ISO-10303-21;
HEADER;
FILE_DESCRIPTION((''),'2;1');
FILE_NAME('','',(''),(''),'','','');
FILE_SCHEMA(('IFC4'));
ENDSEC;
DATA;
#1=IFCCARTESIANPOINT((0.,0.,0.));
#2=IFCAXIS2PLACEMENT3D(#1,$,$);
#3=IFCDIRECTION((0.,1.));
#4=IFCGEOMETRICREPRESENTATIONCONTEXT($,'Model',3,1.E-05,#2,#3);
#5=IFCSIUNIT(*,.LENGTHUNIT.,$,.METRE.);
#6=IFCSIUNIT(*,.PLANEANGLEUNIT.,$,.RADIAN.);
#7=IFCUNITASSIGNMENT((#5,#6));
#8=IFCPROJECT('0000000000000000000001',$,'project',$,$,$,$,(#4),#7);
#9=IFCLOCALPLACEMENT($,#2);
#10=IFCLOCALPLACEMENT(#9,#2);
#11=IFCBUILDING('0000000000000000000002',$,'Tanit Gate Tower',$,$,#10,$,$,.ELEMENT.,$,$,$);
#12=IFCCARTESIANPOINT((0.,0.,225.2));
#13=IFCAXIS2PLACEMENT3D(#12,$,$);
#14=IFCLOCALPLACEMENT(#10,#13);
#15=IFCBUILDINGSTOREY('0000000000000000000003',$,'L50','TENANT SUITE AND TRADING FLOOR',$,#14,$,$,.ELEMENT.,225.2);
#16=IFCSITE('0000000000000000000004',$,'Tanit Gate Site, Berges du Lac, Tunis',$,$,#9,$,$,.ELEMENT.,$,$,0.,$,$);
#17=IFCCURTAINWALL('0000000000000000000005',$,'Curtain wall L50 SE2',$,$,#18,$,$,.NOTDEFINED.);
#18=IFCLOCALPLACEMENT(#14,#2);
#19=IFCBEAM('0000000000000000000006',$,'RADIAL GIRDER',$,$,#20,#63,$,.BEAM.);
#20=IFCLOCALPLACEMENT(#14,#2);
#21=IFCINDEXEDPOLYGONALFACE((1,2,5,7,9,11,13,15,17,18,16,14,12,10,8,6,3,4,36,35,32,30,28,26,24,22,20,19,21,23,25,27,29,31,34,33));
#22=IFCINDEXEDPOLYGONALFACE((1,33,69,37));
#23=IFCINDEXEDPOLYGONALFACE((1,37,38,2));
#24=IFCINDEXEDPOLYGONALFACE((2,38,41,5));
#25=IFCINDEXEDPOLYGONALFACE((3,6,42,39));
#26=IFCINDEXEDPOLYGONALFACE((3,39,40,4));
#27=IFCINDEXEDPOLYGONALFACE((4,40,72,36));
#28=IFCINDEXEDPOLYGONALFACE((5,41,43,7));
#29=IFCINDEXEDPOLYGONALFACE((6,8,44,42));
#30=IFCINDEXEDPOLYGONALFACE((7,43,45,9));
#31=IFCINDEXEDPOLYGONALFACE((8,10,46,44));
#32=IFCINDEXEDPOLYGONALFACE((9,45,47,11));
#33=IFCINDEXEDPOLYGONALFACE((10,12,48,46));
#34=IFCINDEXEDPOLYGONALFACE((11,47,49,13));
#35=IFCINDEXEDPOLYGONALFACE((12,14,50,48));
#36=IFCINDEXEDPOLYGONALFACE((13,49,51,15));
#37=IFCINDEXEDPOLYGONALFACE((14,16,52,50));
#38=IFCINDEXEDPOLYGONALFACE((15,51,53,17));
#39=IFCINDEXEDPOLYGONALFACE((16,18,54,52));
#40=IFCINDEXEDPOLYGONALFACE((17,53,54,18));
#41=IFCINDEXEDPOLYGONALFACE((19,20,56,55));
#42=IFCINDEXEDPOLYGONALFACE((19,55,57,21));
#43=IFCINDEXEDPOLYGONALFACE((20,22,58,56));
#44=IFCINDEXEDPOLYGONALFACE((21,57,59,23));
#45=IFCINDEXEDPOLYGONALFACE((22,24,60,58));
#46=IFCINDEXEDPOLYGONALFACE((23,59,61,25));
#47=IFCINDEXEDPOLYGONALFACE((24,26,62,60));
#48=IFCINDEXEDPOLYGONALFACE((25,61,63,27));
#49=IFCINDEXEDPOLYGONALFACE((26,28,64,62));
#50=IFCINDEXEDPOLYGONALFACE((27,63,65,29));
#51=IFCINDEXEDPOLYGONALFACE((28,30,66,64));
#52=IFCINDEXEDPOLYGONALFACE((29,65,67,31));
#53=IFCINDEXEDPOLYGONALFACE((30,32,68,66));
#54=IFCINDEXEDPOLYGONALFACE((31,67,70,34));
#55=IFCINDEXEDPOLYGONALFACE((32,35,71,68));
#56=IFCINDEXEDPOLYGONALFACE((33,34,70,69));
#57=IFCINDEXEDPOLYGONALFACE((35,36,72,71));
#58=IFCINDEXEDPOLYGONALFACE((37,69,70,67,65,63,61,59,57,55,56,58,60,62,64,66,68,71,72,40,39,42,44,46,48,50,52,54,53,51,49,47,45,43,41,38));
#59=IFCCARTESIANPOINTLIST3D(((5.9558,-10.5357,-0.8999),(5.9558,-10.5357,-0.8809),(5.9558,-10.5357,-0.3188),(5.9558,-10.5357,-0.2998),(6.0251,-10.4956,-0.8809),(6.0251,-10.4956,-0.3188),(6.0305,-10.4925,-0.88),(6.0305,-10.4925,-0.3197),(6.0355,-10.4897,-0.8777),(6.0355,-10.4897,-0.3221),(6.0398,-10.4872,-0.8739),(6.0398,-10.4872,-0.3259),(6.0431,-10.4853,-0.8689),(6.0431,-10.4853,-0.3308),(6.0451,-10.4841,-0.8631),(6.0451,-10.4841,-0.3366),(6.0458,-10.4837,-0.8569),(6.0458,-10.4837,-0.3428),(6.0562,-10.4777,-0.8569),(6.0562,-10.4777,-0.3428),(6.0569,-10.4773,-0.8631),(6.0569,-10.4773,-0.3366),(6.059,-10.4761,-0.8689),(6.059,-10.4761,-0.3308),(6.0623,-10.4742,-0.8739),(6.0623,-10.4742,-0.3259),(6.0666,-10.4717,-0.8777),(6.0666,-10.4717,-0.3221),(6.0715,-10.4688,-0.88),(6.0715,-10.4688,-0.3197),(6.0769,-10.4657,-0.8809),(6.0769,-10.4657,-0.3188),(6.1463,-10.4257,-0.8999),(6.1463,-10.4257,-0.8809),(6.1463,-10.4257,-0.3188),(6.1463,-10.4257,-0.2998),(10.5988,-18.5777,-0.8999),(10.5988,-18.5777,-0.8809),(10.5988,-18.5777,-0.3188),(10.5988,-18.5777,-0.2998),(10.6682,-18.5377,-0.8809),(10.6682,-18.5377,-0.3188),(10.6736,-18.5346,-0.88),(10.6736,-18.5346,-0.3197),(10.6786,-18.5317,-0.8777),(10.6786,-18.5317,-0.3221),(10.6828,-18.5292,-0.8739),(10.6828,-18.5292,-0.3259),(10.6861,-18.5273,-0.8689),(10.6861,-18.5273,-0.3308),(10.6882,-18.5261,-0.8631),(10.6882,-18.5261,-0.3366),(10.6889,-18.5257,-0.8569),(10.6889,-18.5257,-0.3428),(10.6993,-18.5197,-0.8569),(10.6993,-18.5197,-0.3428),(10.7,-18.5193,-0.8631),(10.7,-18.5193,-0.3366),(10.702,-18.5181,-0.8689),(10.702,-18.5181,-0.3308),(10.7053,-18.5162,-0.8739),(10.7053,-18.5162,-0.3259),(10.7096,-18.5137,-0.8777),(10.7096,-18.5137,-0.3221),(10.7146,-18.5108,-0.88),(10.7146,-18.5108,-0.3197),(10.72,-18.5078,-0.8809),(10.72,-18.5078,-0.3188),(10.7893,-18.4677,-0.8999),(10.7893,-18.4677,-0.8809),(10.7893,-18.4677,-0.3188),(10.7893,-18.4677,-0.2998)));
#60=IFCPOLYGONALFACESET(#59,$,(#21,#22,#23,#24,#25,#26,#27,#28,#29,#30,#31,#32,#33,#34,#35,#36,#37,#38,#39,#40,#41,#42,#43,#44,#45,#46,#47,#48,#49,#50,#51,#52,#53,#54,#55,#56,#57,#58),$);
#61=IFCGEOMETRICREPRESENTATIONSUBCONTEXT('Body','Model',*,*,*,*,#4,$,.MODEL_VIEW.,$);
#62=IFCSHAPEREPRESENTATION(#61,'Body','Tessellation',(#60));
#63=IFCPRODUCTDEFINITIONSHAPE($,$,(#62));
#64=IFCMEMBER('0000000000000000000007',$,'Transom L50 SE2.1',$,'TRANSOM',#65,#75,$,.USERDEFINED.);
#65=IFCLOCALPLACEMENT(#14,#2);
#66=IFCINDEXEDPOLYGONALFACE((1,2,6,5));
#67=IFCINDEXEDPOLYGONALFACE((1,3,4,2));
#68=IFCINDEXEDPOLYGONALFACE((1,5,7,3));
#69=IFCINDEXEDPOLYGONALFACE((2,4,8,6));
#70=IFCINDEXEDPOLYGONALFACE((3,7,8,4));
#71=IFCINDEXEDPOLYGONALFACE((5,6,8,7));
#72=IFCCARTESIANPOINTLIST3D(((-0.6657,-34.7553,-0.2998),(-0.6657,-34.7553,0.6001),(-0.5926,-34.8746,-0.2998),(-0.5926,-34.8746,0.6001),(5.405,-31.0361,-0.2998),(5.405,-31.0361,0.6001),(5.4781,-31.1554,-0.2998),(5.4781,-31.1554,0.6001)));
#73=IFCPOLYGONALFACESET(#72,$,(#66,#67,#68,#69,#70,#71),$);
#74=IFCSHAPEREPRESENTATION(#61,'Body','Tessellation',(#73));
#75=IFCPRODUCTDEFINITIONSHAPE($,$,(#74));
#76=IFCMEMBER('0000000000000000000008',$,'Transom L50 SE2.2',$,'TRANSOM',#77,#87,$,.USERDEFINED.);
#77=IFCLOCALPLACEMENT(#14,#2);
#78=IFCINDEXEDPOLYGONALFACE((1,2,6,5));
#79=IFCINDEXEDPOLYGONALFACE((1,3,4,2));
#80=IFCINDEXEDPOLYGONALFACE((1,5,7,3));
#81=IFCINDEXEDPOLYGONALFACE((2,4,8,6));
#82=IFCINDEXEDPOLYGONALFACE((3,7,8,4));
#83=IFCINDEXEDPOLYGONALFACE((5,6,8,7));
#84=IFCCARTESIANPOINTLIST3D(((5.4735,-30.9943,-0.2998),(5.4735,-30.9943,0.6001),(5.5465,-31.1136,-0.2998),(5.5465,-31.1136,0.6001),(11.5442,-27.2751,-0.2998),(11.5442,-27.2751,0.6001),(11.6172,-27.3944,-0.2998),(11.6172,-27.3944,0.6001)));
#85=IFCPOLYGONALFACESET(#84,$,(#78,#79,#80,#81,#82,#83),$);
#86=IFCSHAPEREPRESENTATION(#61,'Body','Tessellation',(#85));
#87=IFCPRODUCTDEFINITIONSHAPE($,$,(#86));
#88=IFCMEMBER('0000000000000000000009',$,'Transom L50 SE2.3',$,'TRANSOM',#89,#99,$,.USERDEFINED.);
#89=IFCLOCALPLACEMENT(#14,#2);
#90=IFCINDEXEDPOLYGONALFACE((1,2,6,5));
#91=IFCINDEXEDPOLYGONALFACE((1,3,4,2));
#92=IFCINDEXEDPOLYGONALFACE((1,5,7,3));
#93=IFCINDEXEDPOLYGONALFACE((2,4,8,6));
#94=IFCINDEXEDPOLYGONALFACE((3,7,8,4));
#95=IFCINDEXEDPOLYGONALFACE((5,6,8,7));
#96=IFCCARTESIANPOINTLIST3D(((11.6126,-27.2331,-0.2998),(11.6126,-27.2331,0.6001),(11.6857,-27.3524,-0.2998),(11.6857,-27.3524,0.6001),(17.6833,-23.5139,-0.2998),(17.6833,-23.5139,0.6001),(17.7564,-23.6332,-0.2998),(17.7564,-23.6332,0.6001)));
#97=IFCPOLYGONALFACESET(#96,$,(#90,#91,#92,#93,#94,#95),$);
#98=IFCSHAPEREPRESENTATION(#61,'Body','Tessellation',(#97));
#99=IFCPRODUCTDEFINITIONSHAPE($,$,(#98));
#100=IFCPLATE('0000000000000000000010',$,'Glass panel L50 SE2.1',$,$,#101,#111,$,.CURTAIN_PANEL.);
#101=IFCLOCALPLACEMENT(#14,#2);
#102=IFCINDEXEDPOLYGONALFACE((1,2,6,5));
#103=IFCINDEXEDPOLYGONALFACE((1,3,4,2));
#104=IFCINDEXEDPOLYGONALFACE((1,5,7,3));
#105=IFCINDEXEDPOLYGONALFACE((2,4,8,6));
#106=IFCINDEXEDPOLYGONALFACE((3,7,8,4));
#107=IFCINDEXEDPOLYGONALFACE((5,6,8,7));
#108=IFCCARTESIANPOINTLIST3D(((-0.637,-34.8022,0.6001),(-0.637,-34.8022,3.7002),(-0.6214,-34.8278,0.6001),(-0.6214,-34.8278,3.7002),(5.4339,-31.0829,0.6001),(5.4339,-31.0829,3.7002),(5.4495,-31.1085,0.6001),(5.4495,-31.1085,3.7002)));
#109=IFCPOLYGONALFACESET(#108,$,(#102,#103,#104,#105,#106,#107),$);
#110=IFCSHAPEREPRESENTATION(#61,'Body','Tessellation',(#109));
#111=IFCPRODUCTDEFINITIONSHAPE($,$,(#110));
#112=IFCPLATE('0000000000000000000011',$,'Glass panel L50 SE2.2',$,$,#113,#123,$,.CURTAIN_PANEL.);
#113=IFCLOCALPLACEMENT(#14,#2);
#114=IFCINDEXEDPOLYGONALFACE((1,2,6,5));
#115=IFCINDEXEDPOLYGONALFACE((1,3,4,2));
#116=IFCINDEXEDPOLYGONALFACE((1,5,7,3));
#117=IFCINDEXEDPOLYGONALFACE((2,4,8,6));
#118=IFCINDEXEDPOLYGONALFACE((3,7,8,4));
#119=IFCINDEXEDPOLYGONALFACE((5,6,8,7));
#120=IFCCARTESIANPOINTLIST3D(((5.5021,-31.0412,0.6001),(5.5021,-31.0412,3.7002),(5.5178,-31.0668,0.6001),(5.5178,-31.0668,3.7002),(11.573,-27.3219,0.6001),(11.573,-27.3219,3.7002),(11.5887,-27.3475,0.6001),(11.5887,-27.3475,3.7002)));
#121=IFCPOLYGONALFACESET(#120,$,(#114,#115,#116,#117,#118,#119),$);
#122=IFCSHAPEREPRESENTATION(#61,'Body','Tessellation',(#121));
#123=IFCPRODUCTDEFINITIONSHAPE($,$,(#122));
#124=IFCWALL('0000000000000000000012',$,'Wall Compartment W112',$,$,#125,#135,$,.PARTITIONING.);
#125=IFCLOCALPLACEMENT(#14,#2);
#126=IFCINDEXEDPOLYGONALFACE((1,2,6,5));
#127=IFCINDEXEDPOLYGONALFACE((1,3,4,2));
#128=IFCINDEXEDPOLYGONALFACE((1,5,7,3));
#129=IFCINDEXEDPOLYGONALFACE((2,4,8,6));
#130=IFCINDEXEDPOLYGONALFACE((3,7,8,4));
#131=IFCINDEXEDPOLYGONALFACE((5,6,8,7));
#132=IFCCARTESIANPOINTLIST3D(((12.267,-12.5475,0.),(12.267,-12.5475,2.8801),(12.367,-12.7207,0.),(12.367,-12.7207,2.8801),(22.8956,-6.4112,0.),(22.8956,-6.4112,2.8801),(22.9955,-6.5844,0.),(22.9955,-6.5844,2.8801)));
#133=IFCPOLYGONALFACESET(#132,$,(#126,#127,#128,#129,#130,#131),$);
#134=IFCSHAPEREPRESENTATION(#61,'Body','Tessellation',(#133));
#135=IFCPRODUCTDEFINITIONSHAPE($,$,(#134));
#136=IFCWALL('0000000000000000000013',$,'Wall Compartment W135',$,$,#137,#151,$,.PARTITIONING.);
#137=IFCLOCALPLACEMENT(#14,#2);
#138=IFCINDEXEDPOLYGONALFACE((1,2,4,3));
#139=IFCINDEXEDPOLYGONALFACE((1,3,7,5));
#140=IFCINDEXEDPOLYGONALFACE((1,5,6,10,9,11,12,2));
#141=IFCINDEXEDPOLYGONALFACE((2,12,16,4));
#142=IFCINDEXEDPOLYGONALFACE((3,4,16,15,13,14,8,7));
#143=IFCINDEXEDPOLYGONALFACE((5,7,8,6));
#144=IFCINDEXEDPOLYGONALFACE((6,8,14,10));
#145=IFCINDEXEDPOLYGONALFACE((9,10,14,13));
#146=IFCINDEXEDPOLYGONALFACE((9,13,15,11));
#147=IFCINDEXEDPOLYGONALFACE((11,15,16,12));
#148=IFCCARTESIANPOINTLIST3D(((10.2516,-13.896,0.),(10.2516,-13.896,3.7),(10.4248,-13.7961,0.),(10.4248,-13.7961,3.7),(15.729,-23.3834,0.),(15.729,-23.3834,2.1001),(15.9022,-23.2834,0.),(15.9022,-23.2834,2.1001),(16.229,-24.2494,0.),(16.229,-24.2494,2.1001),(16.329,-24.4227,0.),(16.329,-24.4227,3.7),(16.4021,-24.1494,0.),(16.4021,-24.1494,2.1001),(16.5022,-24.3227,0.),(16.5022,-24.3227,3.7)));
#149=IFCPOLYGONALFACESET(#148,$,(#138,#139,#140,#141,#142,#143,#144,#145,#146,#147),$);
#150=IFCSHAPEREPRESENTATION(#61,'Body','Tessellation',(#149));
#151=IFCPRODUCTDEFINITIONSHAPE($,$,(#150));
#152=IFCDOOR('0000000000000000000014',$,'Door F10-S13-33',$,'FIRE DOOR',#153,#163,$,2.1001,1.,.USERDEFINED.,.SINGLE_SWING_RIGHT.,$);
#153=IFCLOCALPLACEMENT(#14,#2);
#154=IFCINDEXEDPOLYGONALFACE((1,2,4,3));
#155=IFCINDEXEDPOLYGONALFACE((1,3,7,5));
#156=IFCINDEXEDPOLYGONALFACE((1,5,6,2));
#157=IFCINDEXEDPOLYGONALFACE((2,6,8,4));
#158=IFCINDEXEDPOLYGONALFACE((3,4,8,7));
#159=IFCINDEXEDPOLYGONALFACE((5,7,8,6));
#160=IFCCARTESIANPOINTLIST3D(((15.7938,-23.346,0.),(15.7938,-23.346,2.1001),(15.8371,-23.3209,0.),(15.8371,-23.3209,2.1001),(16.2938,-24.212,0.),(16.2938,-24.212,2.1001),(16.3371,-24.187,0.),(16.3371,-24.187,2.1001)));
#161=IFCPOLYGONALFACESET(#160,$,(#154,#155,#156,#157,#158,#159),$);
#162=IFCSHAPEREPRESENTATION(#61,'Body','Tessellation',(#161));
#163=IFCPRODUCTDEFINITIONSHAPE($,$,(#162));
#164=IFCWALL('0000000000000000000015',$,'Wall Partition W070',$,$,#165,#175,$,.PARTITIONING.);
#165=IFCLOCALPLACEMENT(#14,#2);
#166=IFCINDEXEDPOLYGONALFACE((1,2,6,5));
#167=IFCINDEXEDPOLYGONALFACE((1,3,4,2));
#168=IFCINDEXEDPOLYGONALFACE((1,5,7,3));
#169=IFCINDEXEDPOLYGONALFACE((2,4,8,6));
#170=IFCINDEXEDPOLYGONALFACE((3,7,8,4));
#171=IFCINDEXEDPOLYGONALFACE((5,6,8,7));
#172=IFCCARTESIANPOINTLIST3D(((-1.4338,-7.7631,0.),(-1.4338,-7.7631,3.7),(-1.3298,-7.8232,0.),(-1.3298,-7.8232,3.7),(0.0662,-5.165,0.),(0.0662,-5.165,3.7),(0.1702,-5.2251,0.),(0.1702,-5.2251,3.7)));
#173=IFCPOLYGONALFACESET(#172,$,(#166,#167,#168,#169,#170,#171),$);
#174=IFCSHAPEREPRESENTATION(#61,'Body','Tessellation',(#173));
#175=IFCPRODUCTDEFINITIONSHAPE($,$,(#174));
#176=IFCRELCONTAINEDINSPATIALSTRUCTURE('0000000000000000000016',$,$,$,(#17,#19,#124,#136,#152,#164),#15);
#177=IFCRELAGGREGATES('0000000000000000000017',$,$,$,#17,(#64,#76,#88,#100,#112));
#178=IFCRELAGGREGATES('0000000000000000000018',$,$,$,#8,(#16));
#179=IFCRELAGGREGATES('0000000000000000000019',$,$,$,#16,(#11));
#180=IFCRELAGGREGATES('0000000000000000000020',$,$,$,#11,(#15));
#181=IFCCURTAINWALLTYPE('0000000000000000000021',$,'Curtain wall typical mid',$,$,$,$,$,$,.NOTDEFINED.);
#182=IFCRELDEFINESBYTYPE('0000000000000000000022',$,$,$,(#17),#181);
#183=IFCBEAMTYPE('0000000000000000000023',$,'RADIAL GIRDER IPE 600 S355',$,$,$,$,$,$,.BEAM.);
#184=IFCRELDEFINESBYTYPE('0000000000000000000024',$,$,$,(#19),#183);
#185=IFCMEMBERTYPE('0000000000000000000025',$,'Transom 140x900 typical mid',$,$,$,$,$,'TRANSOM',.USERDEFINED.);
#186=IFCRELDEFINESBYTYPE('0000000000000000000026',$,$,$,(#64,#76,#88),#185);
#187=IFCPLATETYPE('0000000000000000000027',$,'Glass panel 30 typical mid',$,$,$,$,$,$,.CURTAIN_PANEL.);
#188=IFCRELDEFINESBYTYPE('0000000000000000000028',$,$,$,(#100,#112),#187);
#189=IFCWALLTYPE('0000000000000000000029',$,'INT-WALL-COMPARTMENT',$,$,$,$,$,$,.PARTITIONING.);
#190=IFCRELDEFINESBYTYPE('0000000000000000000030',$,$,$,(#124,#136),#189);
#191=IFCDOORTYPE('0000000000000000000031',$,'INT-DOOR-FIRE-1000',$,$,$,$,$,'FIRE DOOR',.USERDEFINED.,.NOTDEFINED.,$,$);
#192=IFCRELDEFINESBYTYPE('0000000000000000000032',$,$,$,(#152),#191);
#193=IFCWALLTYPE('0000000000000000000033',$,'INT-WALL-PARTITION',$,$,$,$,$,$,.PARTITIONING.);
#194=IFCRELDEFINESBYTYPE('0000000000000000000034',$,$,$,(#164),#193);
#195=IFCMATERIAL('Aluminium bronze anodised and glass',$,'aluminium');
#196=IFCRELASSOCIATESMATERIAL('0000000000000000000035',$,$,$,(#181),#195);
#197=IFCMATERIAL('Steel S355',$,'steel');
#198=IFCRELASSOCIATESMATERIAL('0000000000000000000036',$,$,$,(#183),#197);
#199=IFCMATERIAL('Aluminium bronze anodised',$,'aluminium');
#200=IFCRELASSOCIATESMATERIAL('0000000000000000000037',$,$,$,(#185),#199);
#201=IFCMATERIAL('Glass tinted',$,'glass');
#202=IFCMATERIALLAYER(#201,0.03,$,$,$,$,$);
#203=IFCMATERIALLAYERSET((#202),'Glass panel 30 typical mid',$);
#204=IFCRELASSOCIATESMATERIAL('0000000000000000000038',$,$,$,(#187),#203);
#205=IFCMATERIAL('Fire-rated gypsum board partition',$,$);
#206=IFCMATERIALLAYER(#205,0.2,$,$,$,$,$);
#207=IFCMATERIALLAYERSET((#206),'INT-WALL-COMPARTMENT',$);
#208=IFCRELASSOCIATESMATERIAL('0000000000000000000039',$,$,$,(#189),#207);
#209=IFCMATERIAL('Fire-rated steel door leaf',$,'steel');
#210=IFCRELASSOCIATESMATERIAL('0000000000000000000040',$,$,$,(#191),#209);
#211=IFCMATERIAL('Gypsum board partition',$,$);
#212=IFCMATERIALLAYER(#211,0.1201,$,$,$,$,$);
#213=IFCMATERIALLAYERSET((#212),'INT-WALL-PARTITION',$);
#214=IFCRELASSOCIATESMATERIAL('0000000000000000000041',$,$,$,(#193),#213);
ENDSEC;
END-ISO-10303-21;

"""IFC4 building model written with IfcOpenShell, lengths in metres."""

from ifc_helpers import new_model, si_unit, direction, frame, frame_2d, origin, origin_2d, place, context, subcontext, project, spatial, rectangle, i_section, extrude, material, layer, layer_set, material_profile, profile_set, type_object, element, fill, aggregate, save


model = new_model("IFC4")

# Units and contexts
model_context = context("Model", 3, precision=1e-05, world=origin(), true_north=direction((0.0, 1.0)))
body_context = subcontext(model_context, "Body", "Model", "MODEL_VIEW")
ifc_project = project(units=[si_unit("LENGTHUNIT", "METRE"), si_unit("PLANEANGLEUNIT", "RADIAN")], contexts=[model_context])

# Site, building, storey
site_placement = place(None, origin())
site = spatial("IfcSite", under=ifc_project, at=site_placement, Name="Tanit Gate Site, Berges du Lac, Tunis", CompositionType="ELEMENT", RefElevation=0.0)
building_placement = place(site_placement, origin())
building = spatial("IfcBuilding", under=site, at=building_placement, Name="Tanit Gate Tower", CompositionType="ELEMENT")
storey_placement = place(building_placement, frame((0.0, 0.0, 225.2)))
storey = spatial("IfcBuildingStorey", under=building, at=storey_placement, Name="L50", Description="TENANT SUITE AND TRADING FLOOR", CompositionType="ELEMENT", Elevation=225.2)

# Curtain wall
ifc_material_1 = material(Name="Aluminium bronze anodised and glass", Category="aluminium")
curtain_wall_type = type_object("IfcCurtainWallType", Name="Curtain wall typical mid", PredefinedType="NOTDEFINED", material=ifc_material_1)
curtain_wall_placement = place(storey_placement, origin())
curtain_wall = element("IfcCurtainWall", 1, at=curtain_wall_placement, inside=storey, type_object=curtain_wall_type, Name="Curtain wall L50 SE2", PredefinedType="NOTDEFINED")

# Beam
ifc_material_2 = material(Name="Steel S355", Category="steel")
ifc_material_profile_1 = material_profile(ifc_material_2, i_section(OverallWidth=0.22, OverallDepth=0.6001, WebThickness=0.012, FlangeThickness=0.019, FilletRadius=0.0239, at=origin_2d()), Name="IPE 600")
ifc_profile_set_1 = profile_set([ifc_material_profile_1], Name="Steel S355")
beam_type_1 = type_object("IfcBeamType", Name="RADIAL GIRDER IPE 600 S355", PredefinedType="BEAM", material=ifc_profile_set_1)
beam_1_placement = place(storey_placement, frame((10.6941, -18.5227, -0.5999), z_axis=(-0.500002, 0.866024, 0.0), x_axis=(-0.866024, -0.500002, 0.0)))
element("IfcBeam", 2, at=beam_1_placement, inside=storey, type_object=beam_type_1, Name="RADIAL GIRDER", PredefinedType="BEAM", context=body_context, shape_type="SweptSolid", body=[
    extrude(i_section(OverallWidth=0.22, OverallDepth=0.6001, WebThickness=0.012, FlangeThickness=0.019, FilletRadius=0.0239, at=origin_2d()), origin(), (0.0, 0.0, 1.0), 9.2861),
])

# Members
ifc_material_3 = material(Name="Aluminium bronze anodised", Category="aluminium")
ifc_material_profile_2 = material_profile(ifc_material_3, rectangle(XDim=0.1399, YDim=0.8999, at=origin_2d()), Name="140x900 bronze transom")
ifc_profile_set_2 = profile_set([ifc_material_profile_2], Name="Aluminium bronze anodised")
member_type_1 = type_object("IfcMemberType", Name="Transom 140x900 typical mid", ElementType="TRANSOM", PredefinedType="USERDEFINED", material=ifc_profile_set_2)
member_1_placement = place(storey_placement, frame((-0.6292, -34.8149, 0.1501), z_axis=(0.8527, 0.522401, 0.0), x_axis=(-0.522401, 0.8527, 0.0)))
member_1 = element("IfcMember", 3, at=member_1_placement, type_object=member_type_1, Name="Transom L50 SE2.1", ObjectType="TRANSOM", PredefinedType="USERDEFINED", context=body_context, shape_type="SweptSolid", body=[
    extrude(rectangle(XDim=0.1399, YDim=0.8999, at=origin_2d()), origin(), (0.0, 0.0, 1.0), 7.1194),
])
member_2_placement = place(storey_placement, frame((5.51, -31.054, 0.1501), z_axis=(0.8527, 0.522401, 0.0), x_axis=(-0.522401, 0.8527, 0.0)))
member_2 = element("IfcMember", 4, at=member_2_placement, type_object=member_type_1, Name="Transom L50 SE2.2", ObjectType="TRANSOM", PredefinedType="USERDEFINED", context=body_context, shape_type="SweptSolid", body=[
    extrude(rectangle(XDim=0.1399, YDim=0.8999, at=origin_2d()), origin(), (0.0, 0.0, 1.0), 7.1194),
])
member_3_placement = place(storey_placement, frame((11.6492, -27.2927, 0.1501), z_axis=(0.8527, 0.522401, 0.0), x_axis=(-0.522401, 0.8527, 0.0)))
member_3 = element("IfcMember", 5, at=member_3_placement, type_object=member_type_1, Name="Transom L50 SE2.3", ObjectType="TRANSOM", PredefinedType="USERDEFINED", context=body_context, shape_type="SweptSolid", body=[
    extrude(rectangle(XDim=0.1399, YDim=0.8999, at=origin_2d()), origin(), (0.0, 0.0, 1.0), 7.1194),
])

# Plates
ifc_material_4 = material(Name="Glass tinted", Category="glass")
ifc_layer_1 = layer(ifc_material_4, 0.03)
ifc_layer_set_1 = layer_set([ifc_layer_1], Name="Glass panel 30 typical mid")
plate_type = type_object("IfcPlateType", Name="Glass panel 30 typical mid", PredefinedType="CURTAIN_PANEL", material=ifc_layer_set_1)
plate_1_placement = place(storey_placement, frame((2.4062, -32.9553, 0.6001), z_axis=(0.0, 0.0, 1.0), x_axis=(0.8527, 0.522401, 0.0)))
plate_1 = element("IfcPlate", 6, at=plate_1_placement, type_object=plate_type, Name="Glass panel L50 SE2.1", PredefinedType="CURTAIN_PANEL", context=body_context, shape_type="SweptSolid", body=[
    extrude(rectangle(XDim=7.1196, YDim=0.03, at=origin_2d()), origin(), (0.0, 0.0, 1.0), 3.1001),
])
plate_2_placement = place(storey_placement, frame((8.5454, -29.1943, 0.6001), z_axis=(0.0, 0.0, 1.0), x_axis=(0.8527, 0.522401, 0.0)))
plate_2 = element("IfcPlate", 7, at=plate_2_placement, type_object=plate_type, Name="Glass panel L50 SE2.2", PredefinedType="CURTAIN_PANEL", context=body_context, shape_type="SweptSolid", body=[
    extrude(rectangle(XDim=7.1196, YDim=0.03, at=origin_2d()), origin(), (0.0, 0.0, 1.0), 3.1001),
])
aggregate(curtain_wall, [member_1, member_2, member_3, plate_1, plate_2])

# Wall
ifc_material_5 = material(Name="Fire-rated gypsum board partition")
ifc_layer_2 = layer(ifc_material_5, 0.2)
ifc_layer_set_2 = layer_set([ifc_layer_2], Name="INT-WALL-COMPARTMENT")
wall_type_1 = type_object("IfcWallType", Name="INT-WALL-COMPARTMENT", PredefinedType="PARTITIONING", material=ifc_layer_set_2)
wall_1_placement = place(storey_placement, frame((12.3171, -12.634, 0.0), z_axis=(0.0, 0.0, 1.0), x_axis=(0.866029, 0.499995, 0.0)))
element("IfcWall", 8, at=wall_1_placement, inside=storey, type_object=wall_type_1, Name="Wall Compartment W112", PredefinedType="PARTITIONING", context=body_context, shape_type="SweptSolid", body=[
    extrude(rectangle(XDim=12.2727, YDim=0.2, at=frame_2d((6.1362, 0.0))), origin(), (0.0, 0.0, 1.0), 2.8801),
])

# Wall, opening, door
wall_2_placement = place(storey_placement, frame((10.3381, -13.8459, 0.0), z_axis=(0.0, 0.0, 1.0), x_axis=(0.499991, -0.866031, 0.0)))
wall_2 = element("IfcWall", 9, at=wall_2_placement, inside=storey, type_object=wall_type_1, Name="Wall Compartment W135", PredefinedType="PARTITIONING", context=body_context, shape_type="SweptSolid", body=[
    extrude(rectangle(XDim=12.155, YDim=0.2, at=frame_2d((6.0776, 0.0))), origin(), (0.0, 0.0, 1.0), 3.7),
])
opening_1_placement = place(wall_2_placement, frame((10.9551, 0.0, 0.0)))
opening_1 = element("IfcOpeningElement", 10, at=opening_1_placement, cuts=wall_2, PredefinedType="OPENING", context=body_context, shape_type="SweptSolid", body=[
    extrude(rectangle(XDim=1.0, YDim=2.1001, at=frame_2d((0.5, 1.05))), frame((0.0, 0.1099, 0.0), z_axis=(0.0, -1.0, 0.0), x_axis=(1.0, 0.0, 0.0)), (0.0, 0.0, 1.0), 0.22),
])
ifc_material_6 = material(Name="Fire-rated steel door leaf", Category="steel")
door_type_1 = type_object("IfcDoorType", Name="INT-DOOR-FIRE-1000", ElementType="FIRE DOOR", OperationType="NOTDEFINED", PredefinedType="USERDEFINED", material=ifc_material_6)
door_1_placement = place(opening_1_placement, origin())
door_1 = element("IfcDoor", 11, at=door_1_placement, inside=storey, type_object=door_type_1, Name="Door F10-S13-33", ObjectType="FIRE DOOR", OperationType="SINGLE_SWING_RIGHT", OverallHeight=2.1001, OverallWidth=1.0, PredefinedType="USERDEFINED", context=body_context, shape_type="SweptSolid", body=[
    extrude(rectangle(XDim=1.0, YDim=2.1001, at=frame_2d((0.5, 1.05))), frame((0.0, 0.0249, 0.0), z_axis=(0.0, -1.0, 0.0), x_axis=(1.0, 0.0, 0.0)), (0.0, 0.0, 1.0), 0.05),
])
fill(opening_1, door_1)

# Wall
ifc_material_7 = material(Name="Gypsum board partition")
ifc_layer_3 = layer(ifc_material_7, 0.1201)
ifc_layer_set_3 = layer_set([ifc_layer_3], Name="INT-WALL-PARTITION")
wall_type_2 = type_object("IfcWallType", Name="INT-WALL-PARTITION", PredefinedType="PARTITIONING", material=ifc_layer_set_3)
wall_3_placement = place(storey_placement, frame((0.1182, -5.1951, 0.0), z_axis=(0.0, 0.0, 1.0), x_axis=(-0.49999, -0.866031, 0.0)))
element("IfcWall", 12, at=wall_3_placement, inside=storey, type_object=wall_type_2, Name="Wall Partition W070", PredefinedType="PARTITIONING", context=body_context, shape_type="SweptSolid", body=[
    extrude(rectangle(XDim=3.0, YDim=0.1201, at=frame_2d((1.5, 0.0))), origin(), (0.0, 0.0, 1.0), 3.7),
])

save(model, "model.ifc")
